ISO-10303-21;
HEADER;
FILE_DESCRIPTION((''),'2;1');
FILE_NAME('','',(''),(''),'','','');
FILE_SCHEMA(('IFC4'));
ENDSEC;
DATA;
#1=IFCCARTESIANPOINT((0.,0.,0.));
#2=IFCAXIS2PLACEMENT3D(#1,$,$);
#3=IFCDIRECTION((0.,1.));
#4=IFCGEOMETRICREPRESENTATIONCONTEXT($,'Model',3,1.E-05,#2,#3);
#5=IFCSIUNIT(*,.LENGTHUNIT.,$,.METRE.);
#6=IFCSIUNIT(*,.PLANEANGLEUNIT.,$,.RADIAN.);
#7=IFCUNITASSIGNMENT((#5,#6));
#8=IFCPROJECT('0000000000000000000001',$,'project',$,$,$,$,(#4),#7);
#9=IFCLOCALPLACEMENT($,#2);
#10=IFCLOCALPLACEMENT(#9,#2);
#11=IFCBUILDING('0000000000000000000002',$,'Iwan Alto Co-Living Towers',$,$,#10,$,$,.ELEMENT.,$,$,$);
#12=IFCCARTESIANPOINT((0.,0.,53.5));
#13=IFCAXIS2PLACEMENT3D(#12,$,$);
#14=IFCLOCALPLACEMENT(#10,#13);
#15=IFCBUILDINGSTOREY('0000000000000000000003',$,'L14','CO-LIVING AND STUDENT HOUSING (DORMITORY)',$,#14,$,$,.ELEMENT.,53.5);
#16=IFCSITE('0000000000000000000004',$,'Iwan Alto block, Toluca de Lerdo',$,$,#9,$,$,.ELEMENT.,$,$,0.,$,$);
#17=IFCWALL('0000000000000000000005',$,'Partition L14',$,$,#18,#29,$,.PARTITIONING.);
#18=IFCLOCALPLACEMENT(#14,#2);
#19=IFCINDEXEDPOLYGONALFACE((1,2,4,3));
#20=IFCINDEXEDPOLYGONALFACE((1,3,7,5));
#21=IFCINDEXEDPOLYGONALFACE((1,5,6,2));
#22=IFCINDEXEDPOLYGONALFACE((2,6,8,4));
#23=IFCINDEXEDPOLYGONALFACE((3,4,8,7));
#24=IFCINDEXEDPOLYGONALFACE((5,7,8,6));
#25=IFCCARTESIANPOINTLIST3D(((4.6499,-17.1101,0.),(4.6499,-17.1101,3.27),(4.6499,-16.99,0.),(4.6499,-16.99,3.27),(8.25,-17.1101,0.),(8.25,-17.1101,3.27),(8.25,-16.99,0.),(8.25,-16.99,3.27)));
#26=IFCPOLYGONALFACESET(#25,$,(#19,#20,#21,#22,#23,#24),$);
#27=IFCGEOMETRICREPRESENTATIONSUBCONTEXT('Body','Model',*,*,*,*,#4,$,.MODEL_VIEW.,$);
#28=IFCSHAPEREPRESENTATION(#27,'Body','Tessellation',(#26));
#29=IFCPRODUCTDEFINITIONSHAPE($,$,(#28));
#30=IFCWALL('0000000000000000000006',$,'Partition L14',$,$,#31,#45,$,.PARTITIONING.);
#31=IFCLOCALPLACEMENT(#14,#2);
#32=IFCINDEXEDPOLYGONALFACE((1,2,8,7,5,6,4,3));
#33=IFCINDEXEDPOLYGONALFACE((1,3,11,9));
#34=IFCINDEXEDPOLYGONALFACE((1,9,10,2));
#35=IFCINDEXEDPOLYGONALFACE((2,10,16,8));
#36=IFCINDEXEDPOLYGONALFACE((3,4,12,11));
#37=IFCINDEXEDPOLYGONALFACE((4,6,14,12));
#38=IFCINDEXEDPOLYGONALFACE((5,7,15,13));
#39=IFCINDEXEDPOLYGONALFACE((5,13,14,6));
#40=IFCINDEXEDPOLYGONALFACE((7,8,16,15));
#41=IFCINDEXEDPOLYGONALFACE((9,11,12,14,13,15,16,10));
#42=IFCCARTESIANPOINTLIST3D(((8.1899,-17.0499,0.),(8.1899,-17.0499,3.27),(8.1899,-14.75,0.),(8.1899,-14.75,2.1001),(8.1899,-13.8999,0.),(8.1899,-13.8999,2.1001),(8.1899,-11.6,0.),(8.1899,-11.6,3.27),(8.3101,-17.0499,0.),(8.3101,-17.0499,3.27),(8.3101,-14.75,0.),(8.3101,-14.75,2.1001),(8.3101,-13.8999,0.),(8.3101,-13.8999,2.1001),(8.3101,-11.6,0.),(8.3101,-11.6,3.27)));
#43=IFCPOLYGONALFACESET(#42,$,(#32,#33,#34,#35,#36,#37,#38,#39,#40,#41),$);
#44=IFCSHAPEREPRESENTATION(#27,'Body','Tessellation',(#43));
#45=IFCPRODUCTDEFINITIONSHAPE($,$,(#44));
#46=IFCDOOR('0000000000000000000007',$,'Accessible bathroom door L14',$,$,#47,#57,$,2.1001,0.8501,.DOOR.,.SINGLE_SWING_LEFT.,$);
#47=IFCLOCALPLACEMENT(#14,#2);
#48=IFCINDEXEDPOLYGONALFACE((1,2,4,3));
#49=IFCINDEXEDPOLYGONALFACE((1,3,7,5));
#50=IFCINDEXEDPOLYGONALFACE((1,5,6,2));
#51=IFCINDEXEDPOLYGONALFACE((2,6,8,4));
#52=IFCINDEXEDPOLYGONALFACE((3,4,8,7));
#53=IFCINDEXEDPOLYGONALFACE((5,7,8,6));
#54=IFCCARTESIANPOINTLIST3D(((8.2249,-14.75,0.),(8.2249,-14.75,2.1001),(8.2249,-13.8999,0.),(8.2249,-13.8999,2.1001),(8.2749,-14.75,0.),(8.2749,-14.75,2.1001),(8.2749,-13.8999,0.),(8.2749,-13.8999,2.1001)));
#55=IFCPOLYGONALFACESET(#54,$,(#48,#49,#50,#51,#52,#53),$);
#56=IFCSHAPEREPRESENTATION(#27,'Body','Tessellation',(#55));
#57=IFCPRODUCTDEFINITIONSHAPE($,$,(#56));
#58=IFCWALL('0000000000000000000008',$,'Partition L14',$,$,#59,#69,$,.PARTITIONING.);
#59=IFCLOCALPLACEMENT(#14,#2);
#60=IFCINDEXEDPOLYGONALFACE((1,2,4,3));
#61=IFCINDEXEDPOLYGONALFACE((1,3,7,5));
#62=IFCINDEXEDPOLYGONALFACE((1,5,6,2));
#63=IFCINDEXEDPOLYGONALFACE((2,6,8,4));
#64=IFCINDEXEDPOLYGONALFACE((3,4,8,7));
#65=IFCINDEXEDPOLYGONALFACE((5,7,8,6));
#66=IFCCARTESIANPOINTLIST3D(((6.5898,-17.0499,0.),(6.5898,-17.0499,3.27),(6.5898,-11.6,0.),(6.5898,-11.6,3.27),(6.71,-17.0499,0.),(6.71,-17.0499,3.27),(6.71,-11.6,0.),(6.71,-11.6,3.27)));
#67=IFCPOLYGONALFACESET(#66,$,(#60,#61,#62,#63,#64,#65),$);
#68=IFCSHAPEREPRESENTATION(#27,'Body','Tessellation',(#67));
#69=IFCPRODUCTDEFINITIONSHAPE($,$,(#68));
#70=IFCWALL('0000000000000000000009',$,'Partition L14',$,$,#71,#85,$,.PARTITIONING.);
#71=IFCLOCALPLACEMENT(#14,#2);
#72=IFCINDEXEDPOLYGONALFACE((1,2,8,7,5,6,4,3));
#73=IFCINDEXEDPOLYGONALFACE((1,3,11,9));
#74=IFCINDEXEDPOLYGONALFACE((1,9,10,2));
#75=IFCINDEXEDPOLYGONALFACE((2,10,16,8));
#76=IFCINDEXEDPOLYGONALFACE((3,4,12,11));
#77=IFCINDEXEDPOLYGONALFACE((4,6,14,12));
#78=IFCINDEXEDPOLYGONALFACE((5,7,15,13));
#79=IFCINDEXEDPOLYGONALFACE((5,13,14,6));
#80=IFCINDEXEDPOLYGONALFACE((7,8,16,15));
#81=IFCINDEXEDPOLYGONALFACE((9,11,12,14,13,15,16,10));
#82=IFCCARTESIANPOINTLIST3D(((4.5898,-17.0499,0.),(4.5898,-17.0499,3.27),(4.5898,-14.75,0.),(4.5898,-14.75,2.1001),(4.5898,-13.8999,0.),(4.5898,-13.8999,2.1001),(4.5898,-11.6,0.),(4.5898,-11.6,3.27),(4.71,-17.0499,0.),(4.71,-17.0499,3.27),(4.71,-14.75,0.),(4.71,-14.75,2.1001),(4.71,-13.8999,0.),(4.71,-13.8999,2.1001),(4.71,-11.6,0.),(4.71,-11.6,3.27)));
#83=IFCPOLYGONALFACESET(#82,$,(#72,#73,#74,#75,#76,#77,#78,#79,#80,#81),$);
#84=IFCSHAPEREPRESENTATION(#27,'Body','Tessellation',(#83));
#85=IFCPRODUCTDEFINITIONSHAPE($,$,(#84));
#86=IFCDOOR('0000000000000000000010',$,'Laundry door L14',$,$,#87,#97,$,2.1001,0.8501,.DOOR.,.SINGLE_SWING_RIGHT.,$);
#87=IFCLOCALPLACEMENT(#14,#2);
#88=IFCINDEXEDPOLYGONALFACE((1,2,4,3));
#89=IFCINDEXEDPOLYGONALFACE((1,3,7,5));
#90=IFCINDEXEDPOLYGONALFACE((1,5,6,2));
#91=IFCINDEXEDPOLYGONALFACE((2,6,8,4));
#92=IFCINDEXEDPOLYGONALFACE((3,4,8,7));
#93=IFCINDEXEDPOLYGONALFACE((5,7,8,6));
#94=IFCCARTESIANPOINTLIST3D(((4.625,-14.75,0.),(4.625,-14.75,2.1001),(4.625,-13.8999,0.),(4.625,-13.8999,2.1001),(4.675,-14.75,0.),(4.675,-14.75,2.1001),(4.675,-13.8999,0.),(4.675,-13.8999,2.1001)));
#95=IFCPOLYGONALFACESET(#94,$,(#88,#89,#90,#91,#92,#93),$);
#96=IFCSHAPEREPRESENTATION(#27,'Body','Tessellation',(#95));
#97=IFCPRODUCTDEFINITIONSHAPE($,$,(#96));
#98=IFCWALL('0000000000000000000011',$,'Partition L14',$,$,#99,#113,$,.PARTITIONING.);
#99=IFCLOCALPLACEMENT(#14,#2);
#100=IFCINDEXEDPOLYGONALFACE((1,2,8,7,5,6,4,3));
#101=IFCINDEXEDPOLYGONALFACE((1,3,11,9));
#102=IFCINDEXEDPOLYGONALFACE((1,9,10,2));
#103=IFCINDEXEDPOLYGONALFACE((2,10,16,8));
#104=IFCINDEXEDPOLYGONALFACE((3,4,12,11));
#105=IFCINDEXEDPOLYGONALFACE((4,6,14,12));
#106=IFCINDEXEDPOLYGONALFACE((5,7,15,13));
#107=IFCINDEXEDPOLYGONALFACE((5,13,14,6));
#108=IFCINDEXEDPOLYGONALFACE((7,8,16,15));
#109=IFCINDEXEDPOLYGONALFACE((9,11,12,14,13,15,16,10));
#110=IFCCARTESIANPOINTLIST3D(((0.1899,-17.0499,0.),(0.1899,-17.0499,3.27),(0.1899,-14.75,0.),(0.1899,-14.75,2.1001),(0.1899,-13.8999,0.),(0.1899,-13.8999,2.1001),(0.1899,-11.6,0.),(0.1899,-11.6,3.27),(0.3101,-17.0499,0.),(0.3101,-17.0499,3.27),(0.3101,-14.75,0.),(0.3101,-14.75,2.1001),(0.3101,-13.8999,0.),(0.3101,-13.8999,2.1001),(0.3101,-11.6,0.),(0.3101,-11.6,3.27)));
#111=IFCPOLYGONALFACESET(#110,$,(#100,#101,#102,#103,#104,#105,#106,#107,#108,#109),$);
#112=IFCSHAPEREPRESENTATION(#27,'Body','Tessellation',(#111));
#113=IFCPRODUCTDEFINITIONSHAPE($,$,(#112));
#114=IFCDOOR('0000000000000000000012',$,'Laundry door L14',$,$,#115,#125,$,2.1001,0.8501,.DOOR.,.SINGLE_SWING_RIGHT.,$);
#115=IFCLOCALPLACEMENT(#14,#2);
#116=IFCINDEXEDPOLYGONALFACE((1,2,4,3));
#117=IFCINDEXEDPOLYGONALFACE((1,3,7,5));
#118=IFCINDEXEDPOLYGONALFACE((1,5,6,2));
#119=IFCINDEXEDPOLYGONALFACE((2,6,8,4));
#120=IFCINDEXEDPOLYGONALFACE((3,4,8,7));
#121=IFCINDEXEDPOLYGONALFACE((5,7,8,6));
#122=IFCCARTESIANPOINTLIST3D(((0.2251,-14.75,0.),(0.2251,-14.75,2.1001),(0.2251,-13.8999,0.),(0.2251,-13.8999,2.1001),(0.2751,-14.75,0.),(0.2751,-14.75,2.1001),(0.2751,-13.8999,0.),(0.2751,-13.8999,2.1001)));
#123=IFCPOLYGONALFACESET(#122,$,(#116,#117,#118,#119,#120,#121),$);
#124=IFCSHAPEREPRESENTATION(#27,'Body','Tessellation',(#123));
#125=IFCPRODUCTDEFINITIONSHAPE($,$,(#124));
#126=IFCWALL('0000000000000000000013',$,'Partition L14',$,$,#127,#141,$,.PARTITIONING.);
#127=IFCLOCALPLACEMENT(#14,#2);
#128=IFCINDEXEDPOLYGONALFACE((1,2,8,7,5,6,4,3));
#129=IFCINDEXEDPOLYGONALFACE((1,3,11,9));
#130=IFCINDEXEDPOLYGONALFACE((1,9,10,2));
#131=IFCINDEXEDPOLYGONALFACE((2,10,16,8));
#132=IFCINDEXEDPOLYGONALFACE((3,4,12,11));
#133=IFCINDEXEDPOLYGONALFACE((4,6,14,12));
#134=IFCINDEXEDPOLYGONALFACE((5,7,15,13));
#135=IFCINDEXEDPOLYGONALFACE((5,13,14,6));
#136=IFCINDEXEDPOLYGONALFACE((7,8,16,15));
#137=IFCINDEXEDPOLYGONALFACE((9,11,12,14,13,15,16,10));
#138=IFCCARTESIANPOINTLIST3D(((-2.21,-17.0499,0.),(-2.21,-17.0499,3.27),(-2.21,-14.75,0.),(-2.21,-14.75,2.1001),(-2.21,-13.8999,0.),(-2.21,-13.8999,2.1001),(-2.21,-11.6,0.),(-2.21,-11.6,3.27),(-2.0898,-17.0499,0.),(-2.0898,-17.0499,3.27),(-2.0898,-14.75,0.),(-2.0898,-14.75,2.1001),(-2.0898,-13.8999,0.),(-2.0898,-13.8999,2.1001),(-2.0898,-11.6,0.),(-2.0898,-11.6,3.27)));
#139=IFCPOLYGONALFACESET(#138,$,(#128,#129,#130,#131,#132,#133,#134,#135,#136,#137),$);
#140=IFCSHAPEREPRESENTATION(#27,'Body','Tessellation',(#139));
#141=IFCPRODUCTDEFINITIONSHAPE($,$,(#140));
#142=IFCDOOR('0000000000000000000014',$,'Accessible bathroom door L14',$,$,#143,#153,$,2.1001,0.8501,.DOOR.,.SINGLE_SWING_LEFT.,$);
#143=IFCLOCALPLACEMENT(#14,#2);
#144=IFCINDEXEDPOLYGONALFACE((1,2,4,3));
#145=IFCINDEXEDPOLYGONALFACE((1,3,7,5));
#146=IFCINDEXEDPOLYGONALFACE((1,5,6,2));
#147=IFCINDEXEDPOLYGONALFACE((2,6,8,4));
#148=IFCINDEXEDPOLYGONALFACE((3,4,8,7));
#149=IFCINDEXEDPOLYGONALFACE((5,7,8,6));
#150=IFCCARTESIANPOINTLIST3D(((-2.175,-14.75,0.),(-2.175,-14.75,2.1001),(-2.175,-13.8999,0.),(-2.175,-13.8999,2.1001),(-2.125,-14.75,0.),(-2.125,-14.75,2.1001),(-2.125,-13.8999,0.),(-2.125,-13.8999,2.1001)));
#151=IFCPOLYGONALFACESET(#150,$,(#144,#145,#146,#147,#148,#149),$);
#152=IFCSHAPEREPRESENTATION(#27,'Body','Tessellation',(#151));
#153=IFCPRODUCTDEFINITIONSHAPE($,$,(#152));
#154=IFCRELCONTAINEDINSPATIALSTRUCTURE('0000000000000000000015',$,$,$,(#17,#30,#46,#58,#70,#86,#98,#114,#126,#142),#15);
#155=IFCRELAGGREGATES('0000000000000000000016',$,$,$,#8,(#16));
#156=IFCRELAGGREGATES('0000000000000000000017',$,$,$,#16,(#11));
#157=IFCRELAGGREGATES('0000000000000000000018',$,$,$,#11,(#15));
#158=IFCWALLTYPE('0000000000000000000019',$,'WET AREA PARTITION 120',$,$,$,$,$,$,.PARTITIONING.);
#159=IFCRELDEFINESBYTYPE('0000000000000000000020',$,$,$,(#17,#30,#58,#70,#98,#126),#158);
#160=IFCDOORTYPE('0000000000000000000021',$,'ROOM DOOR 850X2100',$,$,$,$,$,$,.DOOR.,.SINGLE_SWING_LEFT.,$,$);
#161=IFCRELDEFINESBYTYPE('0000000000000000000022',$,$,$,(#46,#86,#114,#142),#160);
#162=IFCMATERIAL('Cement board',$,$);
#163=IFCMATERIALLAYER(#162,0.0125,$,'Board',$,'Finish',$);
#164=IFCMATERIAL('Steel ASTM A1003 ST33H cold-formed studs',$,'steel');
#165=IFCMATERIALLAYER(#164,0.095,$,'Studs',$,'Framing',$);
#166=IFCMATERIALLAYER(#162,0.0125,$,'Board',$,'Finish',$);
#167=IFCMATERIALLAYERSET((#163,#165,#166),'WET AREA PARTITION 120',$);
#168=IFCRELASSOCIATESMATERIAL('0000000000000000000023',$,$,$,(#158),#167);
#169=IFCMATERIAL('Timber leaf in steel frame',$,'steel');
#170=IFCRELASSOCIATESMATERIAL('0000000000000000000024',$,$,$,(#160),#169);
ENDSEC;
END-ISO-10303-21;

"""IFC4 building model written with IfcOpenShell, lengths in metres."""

from ifc_helpers import new_model, si_unit, direction, frame, frame_2d, origin, place, context, subcontext, project, spatial, rectangle, extrude, material, layer, layer_set, type_object, element, fill, save


model = new_model("IFC4")

# Units and contexts
model_context = context("Model", 3, precision=1e-05, world=origin(), true_north=direction((0.0, 1.0)))
body_context = subcontext(model_context, "Body", "Model", "MODEL_VIEW")
ifc_project = project(units=[si_unit("LENGTHUNIT", "METRE"), si_unit("PLANEANGLEUNIT", "RADIAN")], contexts=[model_context])

# Site, building, storey
site_placement = place(None, origin())
site = spatial("IfcSite", under=ifc_project, at=site_placement, Name="Iwan Alto block, Toluca de Lerdo", CompositionType="ELEMENT", RefElevation=0.0)
building_placement = place(site_placement, origin())
building = spatial("IfcBuilding", under=site, at=building_placement, Name="Iwan Alto Co-Living Towers", CompositionType="ELEMENT")
storey_placement = place(building_placement, frame((0.0, 0.0, 53.5)))
storey = spatial("IfcBuildingStorey", under=building, at=storey_placement, Name="L14", Description="CO-LIVING AND STUDENT HOUSING (DORMITORY)", CompositionType="ELEMENT", Elevation=53.5)

# Wall
ifc_material_1 = material(Name="Cement board")
ifc_layer_1 = layer(ifc_material_1, 0.0125, Name="Board", Category="Finish")
ifc_material_2 = material(Name="Steel ASTM A1003 ST33H cold-formed studs", Category="steel")
ifc_layer_2 = layer(ifc_material_2, 0.095, Name="Studs", Category="Framing")
ifc_layer_3 = layer(ifc_material_1, 0.0125, Name="Board", Category="Finish")
ifc_layer_set_1 = layer_set([ifc_layer_1, ifc_layer_2, ifc_layer_3], Name="WET AREA PARTITION 120")
wall_type_1 = type_object("IfcWallType", Name="WET AREA PARTITION 120", PredefinedType="PARTITIONING", material=ifc_layer_set_1)
wall_1_placement = place(storey_placement, frame((4.6499, -17.05, 0.0), z_axis=(0.0, 0.0, 1.0), x_axis=(1.0, 0.0, 0.0)))
element("IfcWall", 1, at=wall_1_placement, inside=storey, type_object=wall_type_1, Name="Partition L14", PredefinedType="PARTITIONING", context=body_context, shape_type="SweptSolid", body=[
    extrude(rectangle(XDim=3.6001, YDim=0.1201, at=frame_2d((1.8, 0.0))), origin(), (0.0, 0.0, 1.0), 3.27),
])

# Wall, opening, door
wall_2_placement = place(storey_placement, frame((8.25, -17.05, 0.0), z_axis=(0.0, 0.0, 1.0), x_axis=(0.0, 1.0, 0.0)))
wall_2 = element("IfcWall", 2, at=wall_2_placement, inside=storey, type_object=wall_type_1, Name="Partition L14", PredefinedType="PARTITIONING", context=body_context, shape_type="SweptSolid", body=[
    extrude(rectangle(XDim=5.45, YDim=0.1201, at=frame_2d((2.7251, 0.0))), origin(), (0.0, 0.0, 1.0), 3.27),
])
opening_1_placement = place(wall_2_placement, frame((2.3, 0.0, 0.0)))
opening_1 = element("IfcOpeningElement", 3, at=opening_1_placement, cuts=wall_2, PredefinedType="OPENING", context=body_context, shape_type="SweptSolid", body=[
    extrude(rectangle(XDim=0.8501, YDim=2.1001, at=frame_2d((0.425, 1.05))), frame((0.0, 0.0701, 0.0), z_axis=(0.0, -1.0, 0.0), x_axis=(1.0, 0.0, 0.0)), (0.0, 0.0, 1.0), 0.1401),
])
ifc_material_3 = material(Name="Timber leaf in steel frame", Category="steel")
door_type_1 = type_object("IfcDoorType", Name="ROOM DOOR 850X2100", OperationType="SINGLE_SWING_LEFT", PredefinedType="DOOR", material=ifc_material_3)
door_1_placement = place(opening_1_placement, frame((0.8501, 0.0, 0.0), z_axis=(0.0, 0.0, 1.0), x_axis=(-1.0, 0.0, 0.0)))
door_1 = element("IfcDoor", 4, at=door_1_placement, inside=storey, type_object=door_type_1, Name="Accessible bathroom door L14", OperationType="SINGLE_SWING_LEFT", OverallHeight=2.1001, OverallWidth=0.8501, PredefinedType="DOOR", context=body_context, shape_type="SweptSolid", body=[
    extrude(rectangle(XDim=0.8501, YDim=2.1001, at=frame_2d((0.425, 1.05))), frame((0.0, 0.0249, 0.0), z_axis=(0.0, -1.0, 0.0), x_axis=(1.0, 0.0, 0.0)), (0.0, 0.0, 1.0), 0.05),
])
fill(opening_1, door_1)

# Wall
wall_3_placement = place(storey_placement, frame((6.6499, -17.05, 0.0), z_axis=(0.0, 0.0, 1.0), x_axis=(0.0, 1.0, 0.0)))
element("IfcWall", 5, at=wall_3_placement, inside=storey, type_object=wall_type_1, Name="Partition L14", PredefinedType="PARTITIONING", context=body_context, shape_type="SweptSolid", body=[
    extrude(rectangle(XDim=5.45, YDim=0.1201, at=frame_2d((2.7251, 0.0))), origin(), (0.0, 0.0, 1.0), 3.27),
])

# Walls, openings, doors
wall_4_placement = place(storey_placement, frame((4.6499, -17.05, 0.0), z_axis=(0.0, 0.0, 1.0), x_axis=(0.0, 1.0, 0.0)))
wall_4 = element("IfcWall", 6, at=wall_4_placement, inside=storey, type_object=wall_type_1, Name="Partition L14", PredefinedType="PARTITIONING", context=body_context, shape_type="SweptSolid", body=[
    extrude(rectangle(XDim=5.45, YDim=0.1201, at=frame_2d((2.7251, 0.0))), origin(), (0.0, 0.0, 1.0), 3.27),
])
opening_2_placement = place(wall_4_placement, frame((2.3, 0.0, 0.0)))
opening_2 = element("IfcOpeningElement", 7, at=opening_2_placement, cuts=wall_4, PredefinedType="OPENING", context=body_context, shape_type="SweptSolid", body=[
    extrude(rectangle(XDim=0.8501, YDim=2.1001, at=frame_2d((0.425, 1.05))), frame((0.0, 0.0701, 0.0), z_axis=(0.0, -1.0, 0.0), x_axis=(1.0, 0.0, 0.0)), (0.0, 0.0, 1.0), 0.1401),
])
door_2_placement = place(opening_2_placement, origin())
door_2 = element("IfcDoor", 8, at=door_2_placement, inside=storey, type_object=door_type_1, Name="Laundry door L14", OperationType="SINGLE_SWING_RIGHT", OverallHeight=2.1001, OverallWidth=0.8501, PredefinedType="DOOR", context=body_context, shape_type="SweptSolid", body=[
    extrude(rectangle(XDim=0.8501, YDim=2.1001, at=frame_2d((0.425, 1.05))), frame((0.0, 0.0249, 0.0), z_axis=(0.0, -1.0, 0.0), x_axis=(1.0, 0.0, 0.0)), (0.0, 0.0, 1.0), 0.05),
])
fill(opening_2, door_2)
wall_5_placement = place(storey_placement, frame((0.25, -17.05, 0.0), z_axis=(0.0, 0.0, 1.0), x_axis=(0.0, 1.0, 0.0)))
wall_5 = element("IfcWall", 9, at=wall_5_placement, inside=storey, type_object=wall_type_1, Name="Partition L14", PredefinedType="PARTITIONING", context=body_context, shape_type="SweptSolid", body=[
    extrude(rectangle(XDim=5.45, YDim=0.1201, at=frame_2d((2.7251, 0.0))), origin(), (0.0, 0.0, 1.0), 3.27),
])
opening_3_placement = place(wall_5_placement, frame((2.3, 0.0, 0.0)))
opening_3 = element("IfcOpeningElement", 10, at=opening_3_placement, cuts=wall_5, PredefinedType="OPENING", context=body_context, shape_type="SweptSolid", body=[
    extrude(rectangle(XDim=0.8501, YDim=2.1001, at=frame_2d((0.425, 1.05))), frame((0.0, 0.0701, 0.0), z_axis=(0.0, -1.0, 0.0), x_axis=(1.0, 0.0, 0.0)), (0.0, 0.0, 1.0), 0.1401),
])
door_3_placement = place(opening_3_placement, origin())
door_3 = element("IfcDoor", 11, at=door_3_placement, inside=storey, type_object=door_type_1, Name="Laundry door L14", OperationType="SINGLE_SWING_RIGHT", OverallHeight=2.1001, OverallWidth=0.8501, PredefinedType="DOOR", context=body_context, shape_type="SweptSolid", body=[
    extrude(rectangle(XDim=0.8501, YDim=2.1001, at=frame_2d((0.425, 1.05))), frame((0.0, 0.0249, 0.0), z_axis=(0.0, -1.0, 0.0), x_axis=(1.0, 0.0, 0.0)), (0.0, 0.0, 1.0), 0.05),
])
fill(opening_3, door_3)
wall_6_placement = place(storey_placement, frame((-2.1499, -17.05, 0.0), z_axis=(0.0, 0.0, 1.0), x_axis=(0.0, 1.0, 0.0)))
wall_6 = element("IfcWall", 12, at=wall_6_placement, inside=storey, type_object=wall_type_1, Name="Partition L14", PredefinedType="PARTITIONING", context=body_context, shape_type="SweptSolid", body=[
    extrude(rectangle(XDim=5.45, YDim=0.1201, at=frame_2d((2.7251, 0.0))), origin(), (0.0, 0.0, 1.0), 3.27),
])
opening_4_placement = place(wall_6_placement, frame((2.3, 0.0, 0.0)))
opening_4 = element("IfcOpeningElement", 13, at=opening_4_placement, cuts=wall_6, PredefinedType="OPENING", context=body_context, shape_type="SweptSolid", body=[
    extrude(rectangle(XDim=0.8501, YDim=2.1001, at=frame_2d((0.425, 1.05))), frame((0.0, 0.0701, 0.0), z_axis=(0.0, -1.0, 0.0), x_axis=(1.0, 0.0, 0.0)), (0.0, 0.0, 1.0), 0.1401),
])
door_4_placement = place(opening_4_placement, frame((0.8501, 0.0, 0.0), z_axis=(0.0, 0.0, 1.0), x_axis=(-1.0, 0.0, 0.0)))
door_4 = element("IfcDoor", 14, at=door_4_placement, inside=storey, type_object=door_type_1, Name="Accessible bathroom door L14", OperationType="SINGLE_SWING_LEFT", OverallHeight=2.1001, OverallWidth=0.8501, PredefinedType="DOOR", context=body_context, shape_type="SweptSolid", body=[
    extrude(rectangle(XDim=0.8501, YDim=2.1001, at=frame_2d((0.425, 1.05))), frame((0.0, 0.0249, 0.0), z_axis=(0.0, -1.0, 0.0), x_axis=(1.0, 0.0, 0.0)), (0.0, 0.0, 1.0), 0.05),
])
fill(opening_4, door_4)

save(model, "model.ifc")
